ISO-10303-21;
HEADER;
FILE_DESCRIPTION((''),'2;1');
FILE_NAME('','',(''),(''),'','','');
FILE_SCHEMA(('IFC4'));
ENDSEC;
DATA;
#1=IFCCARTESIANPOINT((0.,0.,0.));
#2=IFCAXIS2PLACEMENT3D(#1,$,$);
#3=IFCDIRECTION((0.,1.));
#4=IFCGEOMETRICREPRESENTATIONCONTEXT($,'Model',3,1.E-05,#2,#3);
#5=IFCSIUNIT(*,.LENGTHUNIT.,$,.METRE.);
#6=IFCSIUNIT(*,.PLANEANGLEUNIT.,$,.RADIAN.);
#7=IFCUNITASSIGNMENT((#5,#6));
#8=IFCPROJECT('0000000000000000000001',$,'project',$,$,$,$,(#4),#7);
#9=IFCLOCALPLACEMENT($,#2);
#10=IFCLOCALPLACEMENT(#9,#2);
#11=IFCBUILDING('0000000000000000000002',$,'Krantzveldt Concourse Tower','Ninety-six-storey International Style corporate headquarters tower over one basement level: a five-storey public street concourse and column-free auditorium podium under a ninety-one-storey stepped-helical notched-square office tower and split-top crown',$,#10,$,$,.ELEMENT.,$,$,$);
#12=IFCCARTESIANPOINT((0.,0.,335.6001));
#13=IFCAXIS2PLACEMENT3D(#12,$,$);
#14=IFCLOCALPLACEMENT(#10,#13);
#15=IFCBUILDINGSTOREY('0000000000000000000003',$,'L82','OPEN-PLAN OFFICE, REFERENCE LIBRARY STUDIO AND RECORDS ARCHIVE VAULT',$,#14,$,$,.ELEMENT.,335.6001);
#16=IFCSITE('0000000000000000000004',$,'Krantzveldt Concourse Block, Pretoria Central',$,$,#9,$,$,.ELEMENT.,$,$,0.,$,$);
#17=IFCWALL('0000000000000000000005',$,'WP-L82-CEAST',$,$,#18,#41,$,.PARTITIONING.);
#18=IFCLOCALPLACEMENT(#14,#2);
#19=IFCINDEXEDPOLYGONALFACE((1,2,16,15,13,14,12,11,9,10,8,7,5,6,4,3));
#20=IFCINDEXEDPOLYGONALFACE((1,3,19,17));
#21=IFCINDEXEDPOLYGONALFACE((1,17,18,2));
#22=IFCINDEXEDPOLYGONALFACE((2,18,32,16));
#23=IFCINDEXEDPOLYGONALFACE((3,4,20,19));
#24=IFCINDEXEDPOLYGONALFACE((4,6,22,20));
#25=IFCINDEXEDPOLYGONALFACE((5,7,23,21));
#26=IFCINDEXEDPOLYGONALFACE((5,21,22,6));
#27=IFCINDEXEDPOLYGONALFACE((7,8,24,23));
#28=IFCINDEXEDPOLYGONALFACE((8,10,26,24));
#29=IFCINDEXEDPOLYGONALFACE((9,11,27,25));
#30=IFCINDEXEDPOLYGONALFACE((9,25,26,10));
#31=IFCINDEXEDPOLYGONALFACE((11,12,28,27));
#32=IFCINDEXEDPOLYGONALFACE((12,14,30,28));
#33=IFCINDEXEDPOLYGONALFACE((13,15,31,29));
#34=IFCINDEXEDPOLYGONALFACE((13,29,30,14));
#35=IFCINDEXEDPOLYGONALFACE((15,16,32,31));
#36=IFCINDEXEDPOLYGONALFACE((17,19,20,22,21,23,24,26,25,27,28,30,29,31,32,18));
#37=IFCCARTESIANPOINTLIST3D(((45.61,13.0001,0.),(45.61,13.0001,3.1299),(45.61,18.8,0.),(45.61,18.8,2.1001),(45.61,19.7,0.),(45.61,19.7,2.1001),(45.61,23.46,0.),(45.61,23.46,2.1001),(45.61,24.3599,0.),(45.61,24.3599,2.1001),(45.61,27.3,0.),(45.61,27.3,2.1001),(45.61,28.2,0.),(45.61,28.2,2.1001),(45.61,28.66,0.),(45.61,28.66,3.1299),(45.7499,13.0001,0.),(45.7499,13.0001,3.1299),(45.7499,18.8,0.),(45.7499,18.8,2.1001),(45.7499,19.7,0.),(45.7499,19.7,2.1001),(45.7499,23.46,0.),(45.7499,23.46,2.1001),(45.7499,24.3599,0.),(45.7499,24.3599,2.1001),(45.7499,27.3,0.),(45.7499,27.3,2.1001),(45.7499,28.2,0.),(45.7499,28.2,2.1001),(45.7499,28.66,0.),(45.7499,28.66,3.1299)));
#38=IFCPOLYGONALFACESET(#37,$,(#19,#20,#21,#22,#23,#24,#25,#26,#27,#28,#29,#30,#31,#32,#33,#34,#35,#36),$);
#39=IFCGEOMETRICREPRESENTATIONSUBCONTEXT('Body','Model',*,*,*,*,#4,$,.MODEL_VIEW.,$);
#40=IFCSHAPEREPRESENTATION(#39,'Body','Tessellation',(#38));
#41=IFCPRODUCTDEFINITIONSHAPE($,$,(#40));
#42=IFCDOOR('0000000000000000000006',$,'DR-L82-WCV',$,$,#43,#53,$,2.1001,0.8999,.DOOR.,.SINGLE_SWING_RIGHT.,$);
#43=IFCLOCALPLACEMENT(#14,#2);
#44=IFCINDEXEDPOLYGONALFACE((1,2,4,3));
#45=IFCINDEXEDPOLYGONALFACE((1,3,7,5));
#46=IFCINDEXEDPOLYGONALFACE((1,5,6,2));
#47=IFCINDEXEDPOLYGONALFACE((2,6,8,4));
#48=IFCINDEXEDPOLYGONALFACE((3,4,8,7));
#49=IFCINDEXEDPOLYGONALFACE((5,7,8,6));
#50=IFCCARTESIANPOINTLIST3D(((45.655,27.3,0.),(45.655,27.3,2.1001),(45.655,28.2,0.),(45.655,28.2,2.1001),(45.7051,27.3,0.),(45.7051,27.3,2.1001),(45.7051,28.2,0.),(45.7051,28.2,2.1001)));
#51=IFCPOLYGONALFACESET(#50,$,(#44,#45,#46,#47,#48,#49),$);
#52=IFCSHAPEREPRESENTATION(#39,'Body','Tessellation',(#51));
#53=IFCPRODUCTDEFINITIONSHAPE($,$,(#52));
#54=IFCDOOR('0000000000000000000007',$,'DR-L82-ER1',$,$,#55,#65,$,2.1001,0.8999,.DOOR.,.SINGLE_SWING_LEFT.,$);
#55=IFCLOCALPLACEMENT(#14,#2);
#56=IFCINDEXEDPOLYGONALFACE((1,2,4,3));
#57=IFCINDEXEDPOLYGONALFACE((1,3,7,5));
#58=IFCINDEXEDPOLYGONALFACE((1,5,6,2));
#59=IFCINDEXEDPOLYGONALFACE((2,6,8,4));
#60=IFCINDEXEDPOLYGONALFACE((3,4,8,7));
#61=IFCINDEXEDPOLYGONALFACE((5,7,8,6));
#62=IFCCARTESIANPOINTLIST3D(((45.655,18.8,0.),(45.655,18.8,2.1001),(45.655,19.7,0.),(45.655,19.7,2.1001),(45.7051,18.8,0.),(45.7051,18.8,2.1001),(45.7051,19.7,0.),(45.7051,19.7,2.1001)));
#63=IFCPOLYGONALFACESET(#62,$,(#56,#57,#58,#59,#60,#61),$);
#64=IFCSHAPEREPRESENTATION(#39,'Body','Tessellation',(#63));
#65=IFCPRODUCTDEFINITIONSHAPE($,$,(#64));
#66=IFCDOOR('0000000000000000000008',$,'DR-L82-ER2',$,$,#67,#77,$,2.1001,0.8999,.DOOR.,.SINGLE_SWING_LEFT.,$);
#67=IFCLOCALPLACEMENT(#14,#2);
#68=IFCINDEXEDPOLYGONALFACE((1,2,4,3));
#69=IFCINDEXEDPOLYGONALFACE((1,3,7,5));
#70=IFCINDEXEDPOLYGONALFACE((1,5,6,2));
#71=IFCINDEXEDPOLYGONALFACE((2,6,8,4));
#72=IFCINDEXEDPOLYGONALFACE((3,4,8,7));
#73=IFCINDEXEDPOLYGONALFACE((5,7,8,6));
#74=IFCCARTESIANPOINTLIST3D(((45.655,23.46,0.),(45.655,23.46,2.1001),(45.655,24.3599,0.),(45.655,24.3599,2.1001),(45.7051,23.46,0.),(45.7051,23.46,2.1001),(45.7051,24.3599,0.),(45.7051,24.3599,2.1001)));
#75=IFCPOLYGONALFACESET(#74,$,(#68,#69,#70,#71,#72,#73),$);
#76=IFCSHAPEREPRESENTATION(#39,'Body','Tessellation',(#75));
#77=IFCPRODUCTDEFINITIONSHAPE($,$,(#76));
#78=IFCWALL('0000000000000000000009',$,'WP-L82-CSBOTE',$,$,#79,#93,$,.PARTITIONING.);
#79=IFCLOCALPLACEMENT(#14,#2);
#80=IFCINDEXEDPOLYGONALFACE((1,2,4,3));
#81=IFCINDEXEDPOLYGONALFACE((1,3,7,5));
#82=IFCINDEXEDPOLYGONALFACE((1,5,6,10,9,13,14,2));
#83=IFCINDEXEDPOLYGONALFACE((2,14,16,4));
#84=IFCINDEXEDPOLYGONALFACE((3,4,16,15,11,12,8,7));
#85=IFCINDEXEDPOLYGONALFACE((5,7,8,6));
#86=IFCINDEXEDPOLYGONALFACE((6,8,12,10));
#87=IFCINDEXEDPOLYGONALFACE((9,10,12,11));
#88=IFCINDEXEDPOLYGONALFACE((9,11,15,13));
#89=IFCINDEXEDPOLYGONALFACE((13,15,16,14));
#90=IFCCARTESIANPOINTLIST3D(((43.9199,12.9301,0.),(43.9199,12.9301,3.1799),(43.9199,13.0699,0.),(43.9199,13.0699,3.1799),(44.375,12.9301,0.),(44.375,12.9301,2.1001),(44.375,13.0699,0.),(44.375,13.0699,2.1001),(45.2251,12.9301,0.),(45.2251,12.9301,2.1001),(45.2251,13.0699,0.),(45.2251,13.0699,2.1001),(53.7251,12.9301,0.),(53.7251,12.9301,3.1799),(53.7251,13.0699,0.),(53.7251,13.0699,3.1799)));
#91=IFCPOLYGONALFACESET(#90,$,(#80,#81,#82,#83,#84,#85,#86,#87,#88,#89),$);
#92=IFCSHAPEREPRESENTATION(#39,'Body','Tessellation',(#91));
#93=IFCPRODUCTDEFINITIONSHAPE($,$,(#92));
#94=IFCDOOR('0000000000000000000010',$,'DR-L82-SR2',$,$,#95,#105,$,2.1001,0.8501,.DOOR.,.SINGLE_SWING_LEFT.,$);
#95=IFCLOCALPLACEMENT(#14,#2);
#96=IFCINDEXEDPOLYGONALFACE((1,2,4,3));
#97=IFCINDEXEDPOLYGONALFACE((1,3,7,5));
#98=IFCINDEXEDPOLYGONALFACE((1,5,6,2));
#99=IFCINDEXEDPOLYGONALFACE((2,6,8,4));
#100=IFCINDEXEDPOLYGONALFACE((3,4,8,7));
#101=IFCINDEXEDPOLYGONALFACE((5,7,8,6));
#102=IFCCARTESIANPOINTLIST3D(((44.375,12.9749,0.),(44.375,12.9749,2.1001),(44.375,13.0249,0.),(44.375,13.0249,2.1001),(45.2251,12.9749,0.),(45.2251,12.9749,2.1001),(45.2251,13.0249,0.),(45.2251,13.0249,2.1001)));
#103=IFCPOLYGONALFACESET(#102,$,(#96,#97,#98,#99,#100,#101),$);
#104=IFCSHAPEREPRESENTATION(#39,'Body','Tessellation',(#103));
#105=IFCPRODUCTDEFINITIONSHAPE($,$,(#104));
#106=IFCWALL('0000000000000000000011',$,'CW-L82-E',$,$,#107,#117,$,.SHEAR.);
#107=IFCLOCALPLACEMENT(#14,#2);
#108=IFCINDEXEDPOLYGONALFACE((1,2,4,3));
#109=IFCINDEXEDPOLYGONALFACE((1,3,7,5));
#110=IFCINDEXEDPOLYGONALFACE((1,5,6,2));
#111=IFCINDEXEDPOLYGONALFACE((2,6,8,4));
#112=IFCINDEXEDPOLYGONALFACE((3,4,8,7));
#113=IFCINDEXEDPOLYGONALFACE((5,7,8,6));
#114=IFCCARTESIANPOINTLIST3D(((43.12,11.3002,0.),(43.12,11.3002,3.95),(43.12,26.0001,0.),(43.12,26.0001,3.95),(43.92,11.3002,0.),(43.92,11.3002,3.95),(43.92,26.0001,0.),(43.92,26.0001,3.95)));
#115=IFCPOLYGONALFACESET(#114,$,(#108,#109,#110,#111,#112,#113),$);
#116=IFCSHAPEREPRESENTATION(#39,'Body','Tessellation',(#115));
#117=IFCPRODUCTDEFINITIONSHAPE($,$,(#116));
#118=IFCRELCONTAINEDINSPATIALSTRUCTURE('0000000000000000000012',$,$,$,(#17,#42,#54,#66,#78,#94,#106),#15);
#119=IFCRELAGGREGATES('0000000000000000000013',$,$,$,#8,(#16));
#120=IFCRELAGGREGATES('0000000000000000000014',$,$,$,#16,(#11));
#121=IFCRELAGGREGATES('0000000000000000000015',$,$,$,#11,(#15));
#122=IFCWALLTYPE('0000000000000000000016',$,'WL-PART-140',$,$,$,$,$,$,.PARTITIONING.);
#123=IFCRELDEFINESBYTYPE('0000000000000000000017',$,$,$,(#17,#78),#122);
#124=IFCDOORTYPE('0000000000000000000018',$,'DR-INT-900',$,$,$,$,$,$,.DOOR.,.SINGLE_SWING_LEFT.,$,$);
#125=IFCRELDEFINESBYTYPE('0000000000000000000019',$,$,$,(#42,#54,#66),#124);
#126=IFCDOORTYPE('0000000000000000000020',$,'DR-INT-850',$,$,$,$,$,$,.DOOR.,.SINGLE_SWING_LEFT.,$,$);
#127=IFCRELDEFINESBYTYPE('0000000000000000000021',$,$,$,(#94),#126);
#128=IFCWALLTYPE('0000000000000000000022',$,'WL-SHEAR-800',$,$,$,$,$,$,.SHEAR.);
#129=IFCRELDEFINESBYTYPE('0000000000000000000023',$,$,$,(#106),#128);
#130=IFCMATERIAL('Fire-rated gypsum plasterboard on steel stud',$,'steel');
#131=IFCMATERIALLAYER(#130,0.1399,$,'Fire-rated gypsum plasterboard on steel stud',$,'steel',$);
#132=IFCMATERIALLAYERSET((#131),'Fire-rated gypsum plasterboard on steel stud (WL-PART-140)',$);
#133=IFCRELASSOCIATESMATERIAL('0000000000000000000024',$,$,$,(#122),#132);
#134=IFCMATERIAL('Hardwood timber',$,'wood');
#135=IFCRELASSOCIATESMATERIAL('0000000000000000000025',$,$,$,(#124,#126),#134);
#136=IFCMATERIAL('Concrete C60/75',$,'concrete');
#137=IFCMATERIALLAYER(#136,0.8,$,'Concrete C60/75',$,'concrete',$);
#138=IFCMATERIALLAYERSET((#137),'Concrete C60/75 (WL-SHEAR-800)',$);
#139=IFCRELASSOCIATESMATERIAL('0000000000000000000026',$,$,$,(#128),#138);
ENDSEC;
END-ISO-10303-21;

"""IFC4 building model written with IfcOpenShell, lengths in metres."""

from ifc_helpers import new_model, si_unit, direction, frame, frame_2d, origin, place, context, subcontext, project, spatial, rectangle, extrude, material, layer, layer_set, type_object, element, fill, save


model = new_model("IFC4")

# Units and contexts
model_context = context("Model", 3, precision=1e-05, world=origin(), true_north=direction((0.0, 1.0)))
body_context = subcontext(model_context, "Body", "Model", "MODEL_VIEW")
ifc_project = project(units=[si_unit("LENGTHUNIT", "METRE"), si_unit("PLANEANGLEUNIT", "RADIAN")], contexts=[model_context])

# Site, building, storey
site_placement = place(None, origin())
site = spatial("IfcSite", under=ifc_project, at=site_placement, Name="Krantzveldt Concourse Block, Pretoria Central", CompositionType="ELEMENT", RefElevation=0.0)
building_placement = place(site_placement, origin())
building = spatial("IfcBuilding", under=site, at=building_placement, Name="Krantzveldt Concourse Tower", Description="Ninety-six-storey International Style corporate headquarters tower over one basement level: a five-storey public street concourse and column-free auditorium podium under a ninety-one-storey stepped-helical notched-square office tower and split-top crown", CompositionType="ELEMENT")
storey_placement = place(building_placement, frame((0.0, 0.0, 335.6001)))
storey = spatial("IfcBuildingStorey", under=building, at=storey_placement, Name="L82", Description="OPEN-PLAN OFFICE, REFERENCE LIBRARY STUDIO AND RECORDS ARCHIVE VAULT", CompositionType="ELEMENT", Elevation=335.6001)

# Shared definitions
ifc_material_1 = material(Name="Fire-rated gypsum plasterboard on steel stud", Category="steel")

# Wall, openings, doors
ifc_layer_1 = layer(ifc_material_1, 0.1399, Name="Fire-rated gypsum plasterboard on steel stud", Category="steel")
ifc_layer_set_1 = layer_set([ifc_layer_1], Name="Fire-rated gypsum plasterboard on steel stud (WL-PART-140)")
wall_type_1 = type_object("IfcWallType", Name="WL-PART-140", PredefinedType="PARTITIONING", material=ifc_layer_set_1)
wall_1_placement = place(storey_placement, frame((45.6799, 13.0, 0.0), z_axis=(0.0, 0.0, 1.0), x_axis=(0.0, 1.0, 0.0)))
wall_1 = element("IfcWall", 1, at=wall_1_placement, inside=storey, type_object=wall_type_1, Name="WP-L82-CEAST", PredefinedType="PARTITIONING", context=body_context, shape_type="SweptSolid", body=[
    extrude(rectangle(XDim=15.6599, YDim=0.1399, at=frame_2d((7.8301, 0.0))), origin(), (0.0, 0.0, 1.0), 3.1299),
])
opening_1_placement = place(wall_1_placement, frame((14.3, 0.0, 0.0)))
opening_1 = element("IfcOpeningElement", 2, at=opening_1_placement, cuts=wall_1, PredefinedType="OPENING", context=body_context, shape_type="SweptSolid", body=[
    extrude(rectangle(XDim=0.8999, YDim=2.1001, at=frame_2d((0.45, 1.05))), frame((0.0, 0.0801, 0.0), z_axis=(0.0, -1.0, 0.0), x_axis=(1.0, 0.0, 0.0)), (0.0, 0.0, 1.0), 0.1599),
])
opening_2_placement = place(wall_1_placement, frame((5.8, 0.0, 0.0)))
opening_2 = element("IfcOpeningElement", 3, at=opening_2_placement, cuts=wall_1, PredefinedType="OPENING", context=body_context, shape_type="SweptSolid", body=[
    extrude(rectangle(XDim=0.8999, YDim=2.1001, at=frame_2d((0.45, 1.05))), frame((0.0, 0.0801, 0.0), z_axis=(0.0, -1.0, 0.0), x_axis=(1.0, 0.0, 0.0)), (0.0, 0.0, 1.0), 0.1599),
])
opening_3_placement = place(wall_1_placement, frame((10.46, 0.0, 0.0)))
opening_3 = element("IfcOpeningElement", 4, at=opening_3_placement, cuts=wall_1, PredefinedType="OPENING", context=body_context, shape_type="SweptSolid", body=[
    extrude(rectangle(XDim=0.8999, YDim=2.1001, at=frame_2d((0.45, 1.05))), frame((0.0, 0.0801, 0.0), z_axis=(0.0, -1.0, 0.0), x_axis=(1.0, 0.0, 0.0)), (0.0, 0.0, 1.0), 0.1599),
])
ifc_material_2 = material(Name="Hardwood timber", Category="wood")
door_type_1 = type_object("IfcDoorType", Name="DR-INT-900", OperationType="SINGLE_SWING_LEFT", PredefinedType="DOOR", material=ifc_material_2)
door_1_placement = place(opening_1_placement, origin())
door_1 = element("IfcDoor", 5, at=door_1_placement, inside=storey, type_object=door_type_1, Name="DR-L82-WCV", OperationType="SINGLE_SWING_RIGHT", OverallHeight=2.1001, OverallWidth=0.8999, PredefinedType="DOOR", context=body_context, shape_type="SweptSolid", body=[
    extrude(rectangle(XDim=0.8999, YDim=2.1001, at=frame_2d((0.45, 1.05))), frame((0.0, 0.0249, 0.0), z_axis=(0.0, -1.0, 0.0), x_axis=(1.0, 0.0, 0.0)), (0.0, 0.0, 1.0), 0.05),
])
fill(opening_1, door_1)
door_2_placement = place(opening_2_placement, origin())
door_2 = element("IfcDoor", 6, at=door_2_placement, inside=storey, type_object=door_type_1, Name="DR-L82-ER1", OperationType="SINGLE_SWING_LEFT", OverallHeight=2.1001, OverallWidth=0.8999, PredefinedType="DOOR", context=body_context, shape_type="SweptSolid", body=[
    extrude(rectangle(XDim=0.8999, YDim=2.1001, at=frame_2d((0.45, 1.05))), frame((0.0, 0.0249, 0.0), z_axis=(0.0, -1.0, 0.0), x_axis=(1.0, 0.0, 0.0)), (0.0, 0.0, 1.0), 0.05),
])
fill(opening_2, door_2)
door_3_placement = place(opening_3_placement, origin())
door_3 = element("IfcDoor", 7, at=door_3_placement, inside=storey, type_object=door_type_1, Name="DR-L82-ER2", OperationType="SINGLE_SWING_LEFT", OverallHeight=2.1001, OverallWidth=0.8999, PredefinedType="DOOR", context=body_context, shape_type="SweptSolid", body=[
    extrude(rectangle(XDim=0.8999, YDim=2.1001, at=frame_2d((0.45, 1.05))), frame((0.0, 0.0249, 0.0), z_axis=(0.0, -1.0, 0.0), x_axis=(1.0, 0.0, 0.0)), (0.0, 0.0, 1.0), 0.05),
])
fill(opening_3, door_3)

# Wall, opening, door
wall_2_placement = place(storey_placement, frame((43.9199, 13.0, 0.0), z_axis=(0.0, 0.0, 1.0), x_axis=(1.0, 0.0, 0.0)))
wall_2 = element("IfcWall", 8, at=wall_2_placement, inside=storey, type_object=wall_type_1, Name="WP-L82-CSBOTE", PredefinedType="PARTITIONING", context=body_context, shape_type="SweptSolid", body=[
    extrude(rectangle(XDim=9.8052, YDim=0.1399, at=frame_2d((4.9026, 0.0))), origin(), (0.0, 0.0, 1.0), 3.1799),
])
opening_4_placement = place(wall_2_placement, frame((0.4551, 0.0, 0.0)))
opening_4 = element("IfcOpeningElement", 9, at=opening_4_placement, cuts=wall_2, PredefinedType="OPENING", context=body_context, shape_type="SweptSolid", body=[
    extrude(rectangle(XDim=0.8501, YDim=2.1001, at=frame_2d((0.425, 1.05))), frame((0.0, 0.0801, 0.0), z_axis=(0.0, -1.0, 0.0), x_axis=(1.0, 0.0, 0.0)), (0.0, 0.0, 1.0), 0.1599),
])
door_type_2 = type_object("IfcDoorType", Name="DR-INT-850", OperationType="SINGLE_SWING_LEFT", PredefinedType="DOOR", material=ifc_material_2)
door_4_placement = place(opening_4_placement, origin())
door_4 = element("IfcDoor", 10, at=door_4_placement, inside=storey, type_object=door_type_2, Name="DR-L82-SR2", OperationType="SINGLE_SWING_LEFT", OverallHeight=2.1001, OverallWidth=0.8501, PredefinedType="DOOR", context=body_context, shape_type="SweptSolid", body=[
    extrude(rectangle(XDim=0.8501, YDim=2.1001, at=frame_2d((0.425, 1.05))), frame((0.0, 0.0249, 0.0), z_axis=(0.0, -1.0, 0.0), x_axis=(1.0, 0.0, 0.0)), (0.0, 0.0, 1.0), 0.05),
])
fill(opening_4, door_4)

# Wall
ifc_material_3 = material(Name="Concrete C60/75", Category="concrete")
ifc_layer_2 = layer(ifc_material_3, 0.8, Name="Concrete C60/75", Category="concrete")
ifc_layer_set_2 = layer_set([ifc_layer_2], Name="Concrete C60/75 (WL-SHEAR-800)")
wall_type_2 = type_object("IfcWallType", Name="WL-SHEAR-800", PredefinedType="SHEAR", material=ifc_layer_set_2)
wall_3_placement = place(storey_placement, frame((43.52, 11.3, 0.0), z_axis=(0.0, 0.0, 1.0), x_axis=(0.0, 1.0, 0.0)))
element("IfcWall", 11, at=wall_3_placement, inside=storey, type_object=wall_type_2, Name="CW-L82-E", PredefinedType="SHEAR", context=body_context, shape_type="SweptSolid", body=[
    extrude(rectangle(XDim=14.7, YDim=0.8, at=frame_2d((7.3501, 0.0))), origin(), (0.0, 0.0, 1.0), 3.95),
])

save(model, "model.ifc")
